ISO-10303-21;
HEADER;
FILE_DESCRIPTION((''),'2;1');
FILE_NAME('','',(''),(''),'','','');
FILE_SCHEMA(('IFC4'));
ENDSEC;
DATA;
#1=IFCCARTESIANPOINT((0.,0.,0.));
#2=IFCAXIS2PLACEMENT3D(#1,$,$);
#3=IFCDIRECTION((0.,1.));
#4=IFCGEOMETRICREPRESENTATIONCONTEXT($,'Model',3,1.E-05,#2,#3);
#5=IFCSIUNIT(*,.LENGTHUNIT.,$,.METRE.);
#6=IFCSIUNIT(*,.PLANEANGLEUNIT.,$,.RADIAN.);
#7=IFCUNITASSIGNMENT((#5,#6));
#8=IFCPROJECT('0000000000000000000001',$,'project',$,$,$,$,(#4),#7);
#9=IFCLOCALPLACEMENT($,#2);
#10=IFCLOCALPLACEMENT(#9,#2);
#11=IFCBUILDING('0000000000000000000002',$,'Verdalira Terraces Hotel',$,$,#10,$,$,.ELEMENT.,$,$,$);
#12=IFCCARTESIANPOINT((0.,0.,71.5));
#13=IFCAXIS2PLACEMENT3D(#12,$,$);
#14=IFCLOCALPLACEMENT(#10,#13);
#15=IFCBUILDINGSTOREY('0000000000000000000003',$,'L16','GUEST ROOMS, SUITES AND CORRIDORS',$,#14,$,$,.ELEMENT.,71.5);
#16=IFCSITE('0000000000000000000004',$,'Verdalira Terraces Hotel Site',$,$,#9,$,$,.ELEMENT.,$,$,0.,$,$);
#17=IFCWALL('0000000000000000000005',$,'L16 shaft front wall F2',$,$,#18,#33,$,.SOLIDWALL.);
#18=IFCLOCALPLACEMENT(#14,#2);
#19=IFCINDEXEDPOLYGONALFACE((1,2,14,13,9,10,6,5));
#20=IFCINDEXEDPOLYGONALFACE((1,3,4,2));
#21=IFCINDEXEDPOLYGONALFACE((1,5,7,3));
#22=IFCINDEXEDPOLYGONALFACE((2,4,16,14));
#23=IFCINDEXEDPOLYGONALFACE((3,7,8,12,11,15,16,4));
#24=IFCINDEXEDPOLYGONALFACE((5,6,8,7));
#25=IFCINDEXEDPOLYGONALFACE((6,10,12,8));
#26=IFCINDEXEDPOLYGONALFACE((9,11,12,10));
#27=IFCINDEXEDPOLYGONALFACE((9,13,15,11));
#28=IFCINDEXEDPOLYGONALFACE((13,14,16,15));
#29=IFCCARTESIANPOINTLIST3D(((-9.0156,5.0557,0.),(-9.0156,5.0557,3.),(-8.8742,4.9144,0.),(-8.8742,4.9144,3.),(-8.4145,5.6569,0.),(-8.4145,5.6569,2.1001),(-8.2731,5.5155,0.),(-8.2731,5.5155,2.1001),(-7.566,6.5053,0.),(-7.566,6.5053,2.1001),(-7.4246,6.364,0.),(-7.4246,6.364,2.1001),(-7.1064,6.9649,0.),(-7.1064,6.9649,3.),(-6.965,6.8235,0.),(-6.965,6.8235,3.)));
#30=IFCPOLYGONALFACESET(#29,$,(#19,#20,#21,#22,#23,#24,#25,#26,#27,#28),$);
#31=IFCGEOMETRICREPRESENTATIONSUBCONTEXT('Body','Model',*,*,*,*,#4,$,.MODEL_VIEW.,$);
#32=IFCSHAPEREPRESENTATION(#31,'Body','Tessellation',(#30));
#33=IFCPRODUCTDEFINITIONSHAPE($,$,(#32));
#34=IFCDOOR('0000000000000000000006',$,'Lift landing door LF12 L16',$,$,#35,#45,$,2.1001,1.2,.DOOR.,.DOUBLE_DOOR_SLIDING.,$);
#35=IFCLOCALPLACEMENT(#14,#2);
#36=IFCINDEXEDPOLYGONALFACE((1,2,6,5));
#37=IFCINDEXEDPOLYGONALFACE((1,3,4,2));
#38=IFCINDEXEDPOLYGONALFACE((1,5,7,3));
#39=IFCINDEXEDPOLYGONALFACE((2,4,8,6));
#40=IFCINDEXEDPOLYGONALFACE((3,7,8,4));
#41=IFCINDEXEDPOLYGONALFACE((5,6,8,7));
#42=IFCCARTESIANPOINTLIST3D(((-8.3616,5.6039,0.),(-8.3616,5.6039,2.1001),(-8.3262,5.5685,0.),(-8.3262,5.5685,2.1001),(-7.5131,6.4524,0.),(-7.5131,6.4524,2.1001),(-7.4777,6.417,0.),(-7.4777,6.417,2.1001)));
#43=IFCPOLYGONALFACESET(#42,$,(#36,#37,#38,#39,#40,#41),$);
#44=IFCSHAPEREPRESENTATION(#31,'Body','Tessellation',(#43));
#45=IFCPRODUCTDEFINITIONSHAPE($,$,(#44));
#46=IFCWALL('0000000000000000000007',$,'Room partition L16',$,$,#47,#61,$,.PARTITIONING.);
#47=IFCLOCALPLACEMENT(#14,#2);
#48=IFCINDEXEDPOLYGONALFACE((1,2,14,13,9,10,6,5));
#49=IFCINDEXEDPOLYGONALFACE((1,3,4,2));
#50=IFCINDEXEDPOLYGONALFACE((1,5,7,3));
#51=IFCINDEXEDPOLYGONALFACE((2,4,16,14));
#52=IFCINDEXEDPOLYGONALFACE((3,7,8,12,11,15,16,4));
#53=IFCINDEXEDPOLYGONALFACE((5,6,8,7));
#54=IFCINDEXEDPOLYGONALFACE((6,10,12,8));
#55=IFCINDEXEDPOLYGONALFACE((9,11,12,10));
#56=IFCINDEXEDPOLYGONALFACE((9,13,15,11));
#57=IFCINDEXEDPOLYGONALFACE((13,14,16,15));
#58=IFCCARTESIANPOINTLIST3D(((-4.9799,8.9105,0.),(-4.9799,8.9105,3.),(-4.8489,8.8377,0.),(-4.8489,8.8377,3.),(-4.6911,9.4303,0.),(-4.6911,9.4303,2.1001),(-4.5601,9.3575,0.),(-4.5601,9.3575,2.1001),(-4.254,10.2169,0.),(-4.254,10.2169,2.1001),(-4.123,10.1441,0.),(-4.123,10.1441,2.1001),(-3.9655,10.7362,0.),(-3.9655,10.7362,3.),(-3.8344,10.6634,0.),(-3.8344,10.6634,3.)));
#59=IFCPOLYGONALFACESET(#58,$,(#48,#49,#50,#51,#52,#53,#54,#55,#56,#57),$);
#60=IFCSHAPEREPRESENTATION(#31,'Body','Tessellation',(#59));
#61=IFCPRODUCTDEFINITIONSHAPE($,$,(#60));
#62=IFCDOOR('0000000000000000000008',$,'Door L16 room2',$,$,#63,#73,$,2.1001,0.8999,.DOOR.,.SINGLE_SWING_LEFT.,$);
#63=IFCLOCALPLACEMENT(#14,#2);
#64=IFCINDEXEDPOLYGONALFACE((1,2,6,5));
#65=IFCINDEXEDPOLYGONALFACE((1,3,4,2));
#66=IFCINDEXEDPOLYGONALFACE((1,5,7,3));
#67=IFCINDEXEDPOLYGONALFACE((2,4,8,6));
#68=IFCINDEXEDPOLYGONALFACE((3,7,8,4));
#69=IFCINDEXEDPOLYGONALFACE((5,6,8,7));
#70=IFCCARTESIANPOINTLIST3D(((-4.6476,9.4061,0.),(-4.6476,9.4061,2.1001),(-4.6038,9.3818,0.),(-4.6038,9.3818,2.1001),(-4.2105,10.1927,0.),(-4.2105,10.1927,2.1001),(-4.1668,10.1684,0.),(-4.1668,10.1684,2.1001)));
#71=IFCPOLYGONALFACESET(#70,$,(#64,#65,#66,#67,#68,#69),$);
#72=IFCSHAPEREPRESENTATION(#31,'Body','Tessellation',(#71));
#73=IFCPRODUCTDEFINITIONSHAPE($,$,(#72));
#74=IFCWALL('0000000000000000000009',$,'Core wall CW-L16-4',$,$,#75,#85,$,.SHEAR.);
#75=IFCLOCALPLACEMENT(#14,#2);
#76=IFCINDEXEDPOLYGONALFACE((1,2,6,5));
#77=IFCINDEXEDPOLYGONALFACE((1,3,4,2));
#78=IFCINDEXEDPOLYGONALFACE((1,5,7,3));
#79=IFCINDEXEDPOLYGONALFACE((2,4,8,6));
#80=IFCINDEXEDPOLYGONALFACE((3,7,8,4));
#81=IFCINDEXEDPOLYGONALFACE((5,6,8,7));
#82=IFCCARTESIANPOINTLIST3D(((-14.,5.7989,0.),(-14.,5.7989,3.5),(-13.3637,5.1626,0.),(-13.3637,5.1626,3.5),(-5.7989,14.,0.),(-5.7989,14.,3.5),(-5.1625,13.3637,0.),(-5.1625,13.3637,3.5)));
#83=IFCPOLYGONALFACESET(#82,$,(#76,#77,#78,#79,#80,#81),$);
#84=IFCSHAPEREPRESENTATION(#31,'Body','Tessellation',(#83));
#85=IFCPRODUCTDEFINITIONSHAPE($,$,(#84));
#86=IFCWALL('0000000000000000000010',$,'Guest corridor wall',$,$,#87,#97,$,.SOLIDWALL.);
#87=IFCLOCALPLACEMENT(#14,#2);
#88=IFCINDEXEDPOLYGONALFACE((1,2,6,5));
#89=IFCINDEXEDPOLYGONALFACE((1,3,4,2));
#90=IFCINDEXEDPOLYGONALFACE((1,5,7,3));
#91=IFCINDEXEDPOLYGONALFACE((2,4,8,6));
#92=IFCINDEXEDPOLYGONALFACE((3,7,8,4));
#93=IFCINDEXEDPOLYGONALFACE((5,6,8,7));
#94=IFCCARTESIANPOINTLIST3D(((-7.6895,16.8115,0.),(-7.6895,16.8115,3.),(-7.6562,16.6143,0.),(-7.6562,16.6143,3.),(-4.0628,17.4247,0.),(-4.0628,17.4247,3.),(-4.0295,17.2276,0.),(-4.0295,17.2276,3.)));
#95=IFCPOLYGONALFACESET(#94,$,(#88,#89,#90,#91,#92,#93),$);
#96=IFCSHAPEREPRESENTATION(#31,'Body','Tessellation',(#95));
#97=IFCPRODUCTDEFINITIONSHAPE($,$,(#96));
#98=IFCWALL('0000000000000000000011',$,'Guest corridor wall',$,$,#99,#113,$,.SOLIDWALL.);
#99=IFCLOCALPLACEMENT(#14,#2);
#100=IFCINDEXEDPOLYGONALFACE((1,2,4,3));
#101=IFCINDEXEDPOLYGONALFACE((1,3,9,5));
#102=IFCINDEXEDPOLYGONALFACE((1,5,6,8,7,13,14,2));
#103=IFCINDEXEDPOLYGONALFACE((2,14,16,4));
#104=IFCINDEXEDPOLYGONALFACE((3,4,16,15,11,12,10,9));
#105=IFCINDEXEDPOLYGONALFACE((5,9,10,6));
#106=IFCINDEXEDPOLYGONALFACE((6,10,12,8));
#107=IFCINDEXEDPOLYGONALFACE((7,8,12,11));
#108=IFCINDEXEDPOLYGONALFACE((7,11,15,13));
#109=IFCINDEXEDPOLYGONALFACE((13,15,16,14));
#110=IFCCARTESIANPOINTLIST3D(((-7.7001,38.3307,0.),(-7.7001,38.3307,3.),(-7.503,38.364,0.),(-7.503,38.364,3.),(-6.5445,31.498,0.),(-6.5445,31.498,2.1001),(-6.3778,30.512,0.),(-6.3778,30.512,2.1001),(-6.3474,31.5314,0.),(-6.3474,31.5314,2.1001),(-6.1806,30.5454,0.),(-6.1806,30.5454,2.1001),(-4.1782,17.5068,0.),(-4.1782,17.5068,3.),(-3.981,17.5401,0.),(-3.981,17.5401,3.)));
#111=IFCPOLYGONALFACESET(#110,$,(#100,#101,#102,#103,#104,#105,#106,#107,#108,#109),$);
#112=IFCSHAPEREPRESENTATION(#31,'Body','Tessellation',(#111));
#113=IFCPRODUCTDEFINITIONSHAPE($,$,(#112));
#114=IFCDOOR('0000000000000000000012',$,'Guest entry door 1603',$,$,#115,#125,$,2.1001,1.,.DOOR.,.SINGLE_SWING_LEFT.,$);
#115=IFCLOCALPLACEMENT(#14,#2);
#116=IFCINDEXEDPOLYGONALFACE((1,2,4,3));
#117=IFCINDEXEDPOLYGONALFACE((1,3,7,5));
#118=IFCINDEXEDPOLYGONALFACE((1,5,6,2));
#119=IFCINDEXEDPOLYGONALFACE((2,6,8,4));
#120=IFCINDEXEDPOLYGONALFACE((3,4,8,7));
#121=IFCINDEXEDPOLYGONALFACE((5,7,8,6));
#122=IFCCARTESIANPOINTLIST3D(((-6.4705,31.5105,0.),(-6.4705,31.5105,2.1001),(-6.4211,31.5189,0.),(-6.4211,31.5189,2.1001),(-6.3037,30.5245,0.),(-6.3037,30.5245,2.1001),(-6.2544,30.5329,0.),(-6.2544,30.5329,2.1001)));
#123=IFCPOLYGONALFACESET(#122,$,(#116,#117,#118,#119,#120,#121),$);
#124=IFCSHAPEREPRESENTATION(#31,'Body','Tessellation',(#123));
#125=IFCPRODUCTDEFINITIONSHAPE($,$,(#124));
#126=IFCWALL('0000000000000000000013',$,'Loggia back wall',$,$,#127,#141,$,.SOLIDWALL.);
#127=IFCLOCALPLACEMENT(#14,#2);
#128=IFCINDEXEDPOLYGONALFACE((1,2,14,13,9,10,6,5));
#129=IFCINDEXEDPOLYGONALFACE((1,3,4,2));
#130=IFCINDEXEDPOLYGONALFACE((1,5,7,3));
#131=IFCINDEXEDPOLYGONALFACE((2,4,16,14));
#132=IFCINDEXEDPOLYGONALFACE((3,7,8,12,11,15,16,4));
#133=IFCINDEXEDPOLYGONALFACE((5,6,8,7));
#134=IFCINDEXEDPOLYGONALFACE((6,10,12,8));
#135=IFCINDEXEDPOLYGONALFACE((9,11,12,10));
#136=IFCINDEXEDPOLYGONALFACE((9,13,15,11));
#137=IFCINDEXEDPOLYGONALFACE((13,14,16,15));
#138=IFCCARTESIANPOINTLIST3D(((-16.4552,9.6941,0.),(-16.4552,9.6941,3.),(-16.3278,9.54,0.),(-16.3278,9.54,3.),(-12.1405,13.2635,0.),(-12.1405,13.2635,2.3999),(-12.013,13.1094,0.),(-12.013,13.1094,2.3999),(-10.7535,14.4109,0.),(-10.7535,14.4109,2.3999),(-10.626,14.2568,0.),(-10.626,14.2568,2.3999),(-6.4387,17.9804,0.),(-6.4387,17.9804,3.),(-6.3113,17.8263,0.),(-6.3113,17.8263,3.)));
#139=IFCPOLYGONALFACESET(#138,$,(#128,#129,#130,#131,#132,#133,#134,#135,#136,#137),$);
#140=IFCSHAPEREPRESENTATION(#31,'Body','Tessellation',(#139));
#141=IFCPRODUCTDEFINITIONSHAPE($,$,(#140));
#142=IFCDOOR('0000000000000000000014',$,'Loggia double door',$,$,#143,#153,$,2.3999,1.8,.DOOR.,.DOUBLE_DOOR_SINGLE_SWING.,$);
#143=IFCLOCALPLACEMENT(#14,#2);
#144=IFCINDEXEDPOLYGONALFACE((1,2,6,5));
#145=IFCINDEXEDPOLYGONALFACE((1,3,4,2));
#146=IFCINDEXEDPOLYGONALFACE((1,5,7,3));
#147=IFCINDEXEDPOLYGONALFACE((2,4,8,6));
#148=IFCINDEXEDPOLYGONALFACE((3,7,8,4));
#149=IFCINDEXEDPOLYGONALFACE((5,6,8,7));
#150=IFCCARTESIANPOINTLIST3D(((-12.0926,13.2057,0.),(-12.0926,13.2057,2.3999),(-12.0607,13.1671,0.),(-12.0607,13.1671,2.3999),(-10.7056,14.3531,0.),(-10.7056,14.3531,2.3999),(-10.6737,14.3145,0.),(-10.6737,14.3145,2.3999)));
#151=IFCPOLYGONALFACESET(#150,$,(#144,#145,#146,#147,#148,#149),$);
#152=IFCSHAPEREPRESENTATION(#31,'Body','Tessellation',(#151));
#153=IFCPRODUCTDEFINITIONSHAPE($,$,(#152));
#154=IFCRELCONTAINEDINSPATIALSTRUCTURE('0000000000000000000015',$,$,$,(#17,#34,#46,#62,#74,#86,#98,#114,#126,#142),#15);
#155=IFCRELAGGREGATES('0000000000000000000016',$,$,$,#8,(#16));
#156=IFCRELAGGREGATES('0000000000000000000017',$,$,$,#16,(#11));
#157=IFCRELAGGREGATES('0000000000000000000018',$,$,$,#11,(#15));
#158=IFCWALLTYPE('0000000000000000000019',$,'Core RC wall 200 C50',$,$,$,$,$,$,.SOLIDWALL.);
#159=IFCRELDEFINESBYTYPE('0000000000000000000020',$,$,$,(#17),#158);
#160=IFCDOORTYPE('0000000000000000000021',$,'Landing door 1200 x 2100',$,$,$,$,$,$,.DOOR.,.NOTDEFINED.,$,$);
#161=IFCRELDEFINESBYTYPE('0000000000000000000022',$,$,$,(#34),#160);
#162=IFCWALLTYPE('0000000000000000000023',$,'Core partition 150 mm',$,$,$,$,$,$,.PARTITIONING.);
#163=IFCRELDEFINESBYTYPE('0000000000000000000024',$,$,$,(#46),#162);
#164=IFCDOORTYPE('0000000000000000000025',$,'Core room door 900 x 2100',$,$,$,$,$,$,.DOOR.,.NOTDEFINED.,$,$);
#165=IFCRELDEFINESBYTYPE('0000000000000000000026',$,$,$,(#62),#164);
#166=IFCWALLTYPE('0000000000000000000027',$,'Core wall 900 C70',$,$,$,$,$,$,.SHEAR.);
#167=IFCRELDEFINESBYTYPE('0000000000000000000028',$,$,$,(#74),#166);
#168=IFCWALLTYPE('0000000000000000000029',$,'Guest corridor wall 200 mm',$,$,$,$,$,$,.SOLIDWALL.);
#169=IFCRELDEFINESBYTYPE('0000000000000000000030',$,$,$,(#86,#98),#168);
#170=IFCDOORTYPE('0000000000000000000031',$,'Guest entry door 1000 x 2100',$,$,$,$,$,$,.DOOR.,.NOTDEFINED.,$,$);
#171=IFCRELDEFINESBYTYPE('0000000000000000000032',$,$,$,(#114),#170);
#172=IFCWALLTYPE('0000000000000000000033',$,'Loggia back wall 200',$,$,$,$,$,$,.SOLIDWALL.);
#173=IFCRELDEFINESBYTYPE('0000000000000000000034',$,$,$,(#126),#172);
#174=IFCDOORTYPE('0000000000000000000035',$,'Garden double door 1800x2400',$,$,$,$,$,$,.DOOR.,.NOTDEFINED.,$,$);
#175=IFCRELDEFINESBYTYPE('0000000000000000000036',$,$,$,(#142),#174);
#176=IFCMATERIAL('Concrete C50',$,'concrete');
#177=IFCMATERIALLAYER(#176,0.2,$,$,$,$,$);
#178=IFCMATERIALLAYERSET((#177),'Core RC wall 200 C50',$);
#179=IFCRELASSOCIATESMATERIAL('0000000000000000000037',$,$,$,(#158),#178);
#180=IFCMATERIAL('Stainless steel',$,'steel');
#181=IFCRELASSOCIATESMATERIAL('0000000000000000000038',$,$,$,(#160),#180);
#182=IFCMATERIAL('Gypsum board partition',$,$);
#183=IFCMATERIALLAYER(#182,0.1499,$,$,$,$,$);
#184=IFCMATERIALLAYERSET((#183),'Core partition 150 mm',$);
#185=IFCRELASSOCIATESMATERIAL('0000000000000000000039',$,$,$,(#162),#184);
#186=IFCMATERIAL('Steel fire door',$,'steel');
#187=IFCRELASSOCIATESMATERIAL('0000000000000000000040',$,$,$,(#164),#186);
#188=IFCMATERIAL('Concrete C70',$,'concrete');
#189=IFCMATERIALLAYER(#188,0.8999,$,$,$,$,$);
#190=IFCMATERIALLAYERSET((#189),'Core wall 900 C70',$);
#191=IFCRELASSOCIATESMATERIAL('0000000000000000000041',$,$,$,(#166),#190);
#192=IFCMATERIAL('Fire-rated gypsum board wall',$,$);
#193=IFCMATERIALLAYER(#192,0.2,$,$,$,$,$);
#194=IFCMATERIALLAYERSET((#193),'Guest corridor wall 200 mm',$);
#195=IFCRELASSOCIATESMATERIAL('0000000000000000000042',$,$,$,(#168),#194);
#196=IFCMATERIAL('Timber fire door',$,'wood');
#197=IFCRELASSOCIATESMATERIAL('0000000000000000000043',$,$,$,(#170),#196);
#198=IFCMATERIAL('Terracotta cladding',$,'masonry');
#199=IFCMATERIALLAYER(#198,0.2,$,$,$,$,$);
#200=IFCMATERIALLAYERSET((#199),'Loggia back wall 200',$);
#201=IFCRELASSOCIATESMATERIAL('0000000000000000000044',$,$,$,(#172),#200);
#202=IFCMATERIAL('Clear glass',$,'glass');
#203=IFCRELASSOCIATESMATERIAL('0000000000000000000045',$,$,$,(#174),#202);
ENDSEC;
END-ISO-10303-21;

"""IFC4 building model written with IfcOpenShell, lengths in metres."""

from ifc_helpers import new_model, si_unit, direction, frame, frame_2d, origin, place, context, subcontext, project, spatial, rectangle, extrude, material, layer, layer_set, type_object, element, fill, save


model = new_model("IFC4")

# Units and contexts
model_context = context("Model", 3, precision=1e-05, world=origin(), true_north=direction((0.0, 1.0)))
body_context = subcontext(model_context, "Body", "Model", "MODEL_VIEW")
ifc_project = project(units=[si_unit("LENGTHUNIT", "METRE"), si_unit("PLANEANGLEUNIT", "RADIAN")], contexts=[model_context])

# Site, building, storey
site_placement = place(None, origin())
site = spatial("IfcSite", under=ifc_project, at=site_placement, Name="Verdalira Terraces Hotel Site", CompositionType="ELEMENT", RefElevation=0.0)
building_placement = place(site_placement, origin())
building = spatial("IfcBuilding", under=site, at=building_placement, Name="Verdalira Terraces Hotel", CompositionType="ELEMENT")
storey_placement = place(building_placement, frame((0.0, 0.0, 71.5)))
storey = spatial("IfcBuildingStorey", under=building, at=storey_placement, Name="L16", Description="GUEST ROOMS, SUITES AND CORRIDORS", CompositionType="ELEMENT", Elevation=71.5)

# Walls, openings, doors
ifc_material_1 = material(Name="Concrete C50", Category="concrete")
ifc_layer_1 = layer(ifc_material_1, 0.2)
ifc_layer_set_1 = layer_set([ifc_layer_1], Name="Core RC wall 200 C50")
wall_type_1 = type_object("IfcWallType", Name="Core RC wall 200 C50", PredefinedType="SOLIDWALL", material=ifc_layer_set_1)
ifc_material_2 = material(Name="Stainless steel", Category="steel")
door_type_1 = type_object("IfcDoorType", Name="Landing door 1200 x 2100", OperationType="NOTDEFINED", PredefinedType="DOOR", material=ifc_material_2)
wall_1_placement = place(storey_placement, frame((-7.0356, 6.8943, 0.0), z_axis=(0.0, 0.0, 1.0), x_axis=(-0.707107, -0.707107, 0.0)))
wall_1 = element("IfcWall", 1, at=wall_1_placement, inside=storey, type_object=wall_type_1, Name="L16 shaft front wall F2", PredefinedType="SOLIDWALL", context=body_context, shape_type="SweptSolid", body=[
    extrude(rectangle(XDim=2.7, YDim=0.2, at=frame_2d((1.3501, 0.0))), origin(), (0.0, 0.0, 1.0), 3.0),
])
opening_1_placement = place(wall_1_placement, frame((0.6499, 0.0, 0.0)))
opening_1 = element("IfcOpeningElement", 2, at=opening_1_placement, cuts=wall_1, PredefinedType="OPENING", context=body_context, shape_type="SweptSolid", body=[
    extrude(rectangle(XDim=1.2, YDim=2.1001, at=frame_2d((0.6001, 1.05))), frame((0.0, 0.1099, 0.0), z_axis=(0.0, -1.0, 0.0), x_axis=(1.0, 0.0, 0.0)), (0.0, 0.0, 1.0), 0.22),
])
door_1_placement = place(opening_1_placement, origin())
door_1 = element("IfcDoor", 3, at=door_1_placement, inside=storey, type_object=door_type_1, Name="Lift landing door LF12 L16", OperationType="DOUBLE_DOOR_SLIDING", OverallHeight=2.1001, OverallWidth=1.2, PredefinedType="DOOR", context=body_context, shape_type="SweptSolid", body=[
    extrude(rectangle(XDim=1.2, YDim=2.1001, at=frame_2d((0.6001, 1.05))), frame((0.0, 0.0249, 0.0), z_axis=(0.0, -1.0, 0.0), x_axis=(1.0, 0.0, 0.0)), (0.0, 0.0, 1.0), 0.05),
])
fill(opening_1, door_1)
ifc_material_3 = material(Name="Gypsum board partition")
ifc_layer_2 = layer(ifc_material_3, 0.1499)
ifc_layer_set_2 = layer_set([ifc_layer_2], Name="Core partition 150 mm")
wall_type_2 = type_object("IfcWallType", Name="Core partition 150 mm", PredefinedType="PARTITIONING", material=ifc_layer_set_2)
wall_2_placement = place(storey_placement, frame((-3.8999, 10.7, 0.0), z_axis=(0.0, 0.0, 1.0), x_axis=(-0.485693, -0.87413, 0.0)))
wall_2 = element("IfcWall", 4, at=wall_2_placement, inside=storey, type_object=wall_type_2, Name="Room partition L16", PredefinedType="PARTITIONING", context=body_context, shape_type="SweptSolid", body=[
    extrude(rectangle(XDim=2.0886, YDim=0.1499, at=frame_2d((1.0444, 0.0))), origin(), (0.0, 0.0, 1.0), 3.0),
])
opening_2_placement = place(wall_2_placement, frame((0.5942, 0.0, 0.0)))
opening_2 = element("IfcOpeningElement", 5, at=opening_2_placement, cuts=wall_2, PredefinedType="OPENING", context=body_context, shape_type="SweptSolid", body=[
    extrude(rectangle(XDim=0.8999, YDim=2.1001, at=frame_2d((0.45, 1.05))), frame((0.0, 0.085, 0.0), z_axis=(0.0, -1.0, 0.0), x_axis=(1.0, 0.0, 0.0)), (0.0, 0.0, 1.0), 0.1699),
])
ifc_material_4 = material(Name="Steel fire door", Category="steel")
door_type_2 = type_object("IfcDoorType", Name="Core room door 900 x 2100", OperationType="NOTDEFINED", PredefinedType="DOOR", material=ifc_material_4)
door_2_placement = place(opening_2_placement, origin())
door_2 = element("IfcDoor", 6, at=door_2_placement, inside=storey, type_object=door_type_2, Name="Door L16 room2", OperationType="SINGLE_SWING_LEFT", OverallHeight=2.1001, OverallWidth=0.8999, PredefinedType="DOOR", context=body_context, shape_type="SweptSolid", body=[
    extrude(rectangle(XDim=0.8999, YDim=2.1001, at=frame_2d((0.45, 1.05))), frame((0.0, 0.0249, 0.0), z_axis=(0.0, -1.0, 0.0), x_axis=(1.0, 0.0, 0.0)), (0.0, 0.0, 1.0), 0.05),
])
fill(opening_2, door_2)

# Walls
ifc_material_5 = material(Name="Concrete C70", Category="concrete")
ifc_layer_3 = layer(ifc_material_5, 0.8999)
ifc_layer_set_3 = layer_set([ifc_layer_3], Name="Core wall 900 C70")
wall_type_3 = type_object("IfcWallType", Name="Core wall 900 C70", PredefinedType="SHEAR", material=ifc_layer_set_3)
wall_3_placement = place(storey_placement, frame((-5.4807, 13.6819, 0.0), z_axis=(0.0, 0.0, 1.0), x_axis=(-0.707107, -0.707107, 0.0)))
element("IfcWall", 7, at=wall_3_placement, inside=storey, type_object=wall_type_3, Name="Core wall CW-L16-4", PredefinedType="SHEAR", context=body_context, shape_type="SweptSolid", body=[
    extrude(rectangle(XDim=11.5981, YDim=0.8999, at=frame_2d((5.7991, 0.0))), origin(), (0.0, 0.0, 1.0), 3.5),
])
ifc_material_6 = material(Name="Fire-rated gypsum board wall")
ifc_layer_4 = layer(ifc_material_6, 0.2)
ifc_layer_set_4 = layer_set([ifc_layer_4], Name="Guest corridor wall 200 mm")
wall_type_4 = type_object("IfcWallType", Name="Guest corridor wall 200 mm", PredefinedType="SOLIDWALL", material=ifc_layer_set_4)
wall_4_placement = place(storey_placement, frame((-4.0461, 17.3262, 0.0), z_axis=(0.0, 0.0, 1.0), x_axis=(-0.986002, -0.166734, 0.0)))
element("IfcWall", 8, at=wall_4_placement, inside=storey, type_object=wall_type_4, Name="Guest corridor wall", PredefinedType="SOLIDWALL", context=body_context, shape_type="SweptSolid", body=[
    extrude(rectangle(XDim=3.6782, YDim=0.2, at=frame_2d((1.8391, 0.0))), origin(), (0.0, 0.0, 1.0), 3.0),
])

# Walls, openings, doors
wall_5_placement = place(storey_placement, frame((-4.0796, 17.5234, 0.0), z_axis=(0.0, 0.0, 1.0), x_axis=(-0.166762, 0.985997, 0.0)))
wall_5 = element("IfcWall", 9, at=wall_5_placement, inside=storey, type_object=wall_type_4, Name="Guest corridor wall", PredefinedType="SOLIDWALL", context=body_context, shape_type="SweptSolid", body=[
    extrude(rectangle(XDim=21.1196, YDim=0.2, at=frame_2d((10.5598, 0.0))), origin(), (0.0, 0.0, 1.0), 3.0),
])
opening_3_placement = place(wall_5_placement, frame((13.1899, 0.0, 0.0)))
opening_3 = element("IfcOpeningElement", 10, at=opening_3_placement, cuts=wall_5, PredefinedType="OPENING", context=body_context, shape_type="SweptSolid", body=[
    extrude(rectangle(XDim=1.0, YDim=2.1001, at=frame_2d((0.5, 1.05))), frame((0.0, 0.1099, 0.0), z_axis=(0.0, -1.0, 0.0), x_axis=(1.0, 0.0, 0.0)), (0.0, 0.0, 1.0), 0.22),
])
ifc_material_7 = material(Name="Timber fire door", Category="wood")
door_type_3 = type_object("IfcDoorType", Name="Guest entry door 1000 x 2100", OperationType="NOTDEFINED", PredefinedType="DOOR", material=ifc_material_7)
door_3_placement = place(opening_3_placement, origin())
door_3 = element("IfcDoor", 11, at=door_3_placement, inside=storey, type_object=door_type_3, Name="Guest entry door 1603", OperationType="SINGLE_SWING_LEFT", OverallHeight=2.1001, OverallWidth=1.0, PredefinedType="DOOR", context=body_context, shape_type="SweptSolid", body=[
    extrude(rectangle(XDim=1.0, YDim=2.1001, at=frame_2d((0.5, 1.05))), frame((0.0, 0.0249, 0.0), z_axis=(0.0, -1.0, 0.0), x_axis=(1.0, 0.0, 0.0)), (0.0, 0.0, 1.0), 0.05),
])
fill(opening_3, door_3)
ifc_material_8 = material(Name="Terracotta cladding", Category="masonry")
ifc_layer_5 = layer(ifc_material_8, 0.2)
ifc_layer_set_5 = layer_set([ifc_layer_5], Name="Loggia back wall 200")
wall_type_5 = type_object("IfcWallType", Name="Loggia back wall 200", PredefinedType="SOLIDWALL", material=ifc_layer_set_5)
wall_6_placement = place(storey_placement, frame((-16.3916, 9.6169, 0.0), z_axis=(0.0, 0.0, 1.0), x_axis=(0.770516, 0.63742, 0.0)))
wall_6 = element("IfcWall", 12, at=wall_6_placement, inside=storey, type_object=wall_type_5, Name="Loggia back wall", PredefinedType="SOLIDWALL", context=body_context, shape_type="SweptSolid", body=[
    extrude(rectangle(XDim=12.9998, YDim=0.2, at=frame_2d((6.5, 0.0))), origin(), (0.0, 0.0, 1.0), 3.0),
])
opening_4_placement = place(wall_6_placement, frame((5.6001, 0.0, 0.0)))
opening_4 = element("IfcOpeningElement", 13, at=opening_4_placement, cuts=wall_6, PredefinedType="OPENING", context=body_context, shape_type="SweptSolid", body=[
    extrude(rectangle(XDim=1.8, YDim=2.3999, at=frame_2d((0.8999, 1.2))), frame((0.0, 0.1099, 0.0), z_axis=(0.0, -1.0, 0.0), x_axis=(1.0, 0.0, 0.0)), (0.0, 0.0, 1.0), 0.22),
])
ifc_material_9 = material(Name="Clear glass", Category="glass")
door_type_4 = type_object("IfcDoorType", Name="Garden double door 1800x2400", OperationType="NOTDEFINED", PredefinedType="DOOR", material=ifc_material_9)
door_4_placement = place(opening_4_placement, origin())
door_4 = element("IfcDoor", 14, at=door_4_placement, inside=storey, type_object=door_type_4, Name="Loggia double door", OperationType="DOUBLE_DOOR_SINGLE_SWING", OverallHeight=2.3999, OverallWidth=1.8, PredefinedType="DOOR", context=body_context, shape_type="SweptSolid", body=[
    extrude(rectangle(XDim=1.8, YDim=2.3999, at=frame_2d((0.8999, 1.2))), frame((0.0, 0.0249, 0.0), z_axis=(0.0, -1.0, 0.0), x_axis=(1.0, 0.0, 0.0)), (0.0, 0.0, 1.0), 0.05),
])
fill(opening_4, door_4)

save(model, "model.ifc")
